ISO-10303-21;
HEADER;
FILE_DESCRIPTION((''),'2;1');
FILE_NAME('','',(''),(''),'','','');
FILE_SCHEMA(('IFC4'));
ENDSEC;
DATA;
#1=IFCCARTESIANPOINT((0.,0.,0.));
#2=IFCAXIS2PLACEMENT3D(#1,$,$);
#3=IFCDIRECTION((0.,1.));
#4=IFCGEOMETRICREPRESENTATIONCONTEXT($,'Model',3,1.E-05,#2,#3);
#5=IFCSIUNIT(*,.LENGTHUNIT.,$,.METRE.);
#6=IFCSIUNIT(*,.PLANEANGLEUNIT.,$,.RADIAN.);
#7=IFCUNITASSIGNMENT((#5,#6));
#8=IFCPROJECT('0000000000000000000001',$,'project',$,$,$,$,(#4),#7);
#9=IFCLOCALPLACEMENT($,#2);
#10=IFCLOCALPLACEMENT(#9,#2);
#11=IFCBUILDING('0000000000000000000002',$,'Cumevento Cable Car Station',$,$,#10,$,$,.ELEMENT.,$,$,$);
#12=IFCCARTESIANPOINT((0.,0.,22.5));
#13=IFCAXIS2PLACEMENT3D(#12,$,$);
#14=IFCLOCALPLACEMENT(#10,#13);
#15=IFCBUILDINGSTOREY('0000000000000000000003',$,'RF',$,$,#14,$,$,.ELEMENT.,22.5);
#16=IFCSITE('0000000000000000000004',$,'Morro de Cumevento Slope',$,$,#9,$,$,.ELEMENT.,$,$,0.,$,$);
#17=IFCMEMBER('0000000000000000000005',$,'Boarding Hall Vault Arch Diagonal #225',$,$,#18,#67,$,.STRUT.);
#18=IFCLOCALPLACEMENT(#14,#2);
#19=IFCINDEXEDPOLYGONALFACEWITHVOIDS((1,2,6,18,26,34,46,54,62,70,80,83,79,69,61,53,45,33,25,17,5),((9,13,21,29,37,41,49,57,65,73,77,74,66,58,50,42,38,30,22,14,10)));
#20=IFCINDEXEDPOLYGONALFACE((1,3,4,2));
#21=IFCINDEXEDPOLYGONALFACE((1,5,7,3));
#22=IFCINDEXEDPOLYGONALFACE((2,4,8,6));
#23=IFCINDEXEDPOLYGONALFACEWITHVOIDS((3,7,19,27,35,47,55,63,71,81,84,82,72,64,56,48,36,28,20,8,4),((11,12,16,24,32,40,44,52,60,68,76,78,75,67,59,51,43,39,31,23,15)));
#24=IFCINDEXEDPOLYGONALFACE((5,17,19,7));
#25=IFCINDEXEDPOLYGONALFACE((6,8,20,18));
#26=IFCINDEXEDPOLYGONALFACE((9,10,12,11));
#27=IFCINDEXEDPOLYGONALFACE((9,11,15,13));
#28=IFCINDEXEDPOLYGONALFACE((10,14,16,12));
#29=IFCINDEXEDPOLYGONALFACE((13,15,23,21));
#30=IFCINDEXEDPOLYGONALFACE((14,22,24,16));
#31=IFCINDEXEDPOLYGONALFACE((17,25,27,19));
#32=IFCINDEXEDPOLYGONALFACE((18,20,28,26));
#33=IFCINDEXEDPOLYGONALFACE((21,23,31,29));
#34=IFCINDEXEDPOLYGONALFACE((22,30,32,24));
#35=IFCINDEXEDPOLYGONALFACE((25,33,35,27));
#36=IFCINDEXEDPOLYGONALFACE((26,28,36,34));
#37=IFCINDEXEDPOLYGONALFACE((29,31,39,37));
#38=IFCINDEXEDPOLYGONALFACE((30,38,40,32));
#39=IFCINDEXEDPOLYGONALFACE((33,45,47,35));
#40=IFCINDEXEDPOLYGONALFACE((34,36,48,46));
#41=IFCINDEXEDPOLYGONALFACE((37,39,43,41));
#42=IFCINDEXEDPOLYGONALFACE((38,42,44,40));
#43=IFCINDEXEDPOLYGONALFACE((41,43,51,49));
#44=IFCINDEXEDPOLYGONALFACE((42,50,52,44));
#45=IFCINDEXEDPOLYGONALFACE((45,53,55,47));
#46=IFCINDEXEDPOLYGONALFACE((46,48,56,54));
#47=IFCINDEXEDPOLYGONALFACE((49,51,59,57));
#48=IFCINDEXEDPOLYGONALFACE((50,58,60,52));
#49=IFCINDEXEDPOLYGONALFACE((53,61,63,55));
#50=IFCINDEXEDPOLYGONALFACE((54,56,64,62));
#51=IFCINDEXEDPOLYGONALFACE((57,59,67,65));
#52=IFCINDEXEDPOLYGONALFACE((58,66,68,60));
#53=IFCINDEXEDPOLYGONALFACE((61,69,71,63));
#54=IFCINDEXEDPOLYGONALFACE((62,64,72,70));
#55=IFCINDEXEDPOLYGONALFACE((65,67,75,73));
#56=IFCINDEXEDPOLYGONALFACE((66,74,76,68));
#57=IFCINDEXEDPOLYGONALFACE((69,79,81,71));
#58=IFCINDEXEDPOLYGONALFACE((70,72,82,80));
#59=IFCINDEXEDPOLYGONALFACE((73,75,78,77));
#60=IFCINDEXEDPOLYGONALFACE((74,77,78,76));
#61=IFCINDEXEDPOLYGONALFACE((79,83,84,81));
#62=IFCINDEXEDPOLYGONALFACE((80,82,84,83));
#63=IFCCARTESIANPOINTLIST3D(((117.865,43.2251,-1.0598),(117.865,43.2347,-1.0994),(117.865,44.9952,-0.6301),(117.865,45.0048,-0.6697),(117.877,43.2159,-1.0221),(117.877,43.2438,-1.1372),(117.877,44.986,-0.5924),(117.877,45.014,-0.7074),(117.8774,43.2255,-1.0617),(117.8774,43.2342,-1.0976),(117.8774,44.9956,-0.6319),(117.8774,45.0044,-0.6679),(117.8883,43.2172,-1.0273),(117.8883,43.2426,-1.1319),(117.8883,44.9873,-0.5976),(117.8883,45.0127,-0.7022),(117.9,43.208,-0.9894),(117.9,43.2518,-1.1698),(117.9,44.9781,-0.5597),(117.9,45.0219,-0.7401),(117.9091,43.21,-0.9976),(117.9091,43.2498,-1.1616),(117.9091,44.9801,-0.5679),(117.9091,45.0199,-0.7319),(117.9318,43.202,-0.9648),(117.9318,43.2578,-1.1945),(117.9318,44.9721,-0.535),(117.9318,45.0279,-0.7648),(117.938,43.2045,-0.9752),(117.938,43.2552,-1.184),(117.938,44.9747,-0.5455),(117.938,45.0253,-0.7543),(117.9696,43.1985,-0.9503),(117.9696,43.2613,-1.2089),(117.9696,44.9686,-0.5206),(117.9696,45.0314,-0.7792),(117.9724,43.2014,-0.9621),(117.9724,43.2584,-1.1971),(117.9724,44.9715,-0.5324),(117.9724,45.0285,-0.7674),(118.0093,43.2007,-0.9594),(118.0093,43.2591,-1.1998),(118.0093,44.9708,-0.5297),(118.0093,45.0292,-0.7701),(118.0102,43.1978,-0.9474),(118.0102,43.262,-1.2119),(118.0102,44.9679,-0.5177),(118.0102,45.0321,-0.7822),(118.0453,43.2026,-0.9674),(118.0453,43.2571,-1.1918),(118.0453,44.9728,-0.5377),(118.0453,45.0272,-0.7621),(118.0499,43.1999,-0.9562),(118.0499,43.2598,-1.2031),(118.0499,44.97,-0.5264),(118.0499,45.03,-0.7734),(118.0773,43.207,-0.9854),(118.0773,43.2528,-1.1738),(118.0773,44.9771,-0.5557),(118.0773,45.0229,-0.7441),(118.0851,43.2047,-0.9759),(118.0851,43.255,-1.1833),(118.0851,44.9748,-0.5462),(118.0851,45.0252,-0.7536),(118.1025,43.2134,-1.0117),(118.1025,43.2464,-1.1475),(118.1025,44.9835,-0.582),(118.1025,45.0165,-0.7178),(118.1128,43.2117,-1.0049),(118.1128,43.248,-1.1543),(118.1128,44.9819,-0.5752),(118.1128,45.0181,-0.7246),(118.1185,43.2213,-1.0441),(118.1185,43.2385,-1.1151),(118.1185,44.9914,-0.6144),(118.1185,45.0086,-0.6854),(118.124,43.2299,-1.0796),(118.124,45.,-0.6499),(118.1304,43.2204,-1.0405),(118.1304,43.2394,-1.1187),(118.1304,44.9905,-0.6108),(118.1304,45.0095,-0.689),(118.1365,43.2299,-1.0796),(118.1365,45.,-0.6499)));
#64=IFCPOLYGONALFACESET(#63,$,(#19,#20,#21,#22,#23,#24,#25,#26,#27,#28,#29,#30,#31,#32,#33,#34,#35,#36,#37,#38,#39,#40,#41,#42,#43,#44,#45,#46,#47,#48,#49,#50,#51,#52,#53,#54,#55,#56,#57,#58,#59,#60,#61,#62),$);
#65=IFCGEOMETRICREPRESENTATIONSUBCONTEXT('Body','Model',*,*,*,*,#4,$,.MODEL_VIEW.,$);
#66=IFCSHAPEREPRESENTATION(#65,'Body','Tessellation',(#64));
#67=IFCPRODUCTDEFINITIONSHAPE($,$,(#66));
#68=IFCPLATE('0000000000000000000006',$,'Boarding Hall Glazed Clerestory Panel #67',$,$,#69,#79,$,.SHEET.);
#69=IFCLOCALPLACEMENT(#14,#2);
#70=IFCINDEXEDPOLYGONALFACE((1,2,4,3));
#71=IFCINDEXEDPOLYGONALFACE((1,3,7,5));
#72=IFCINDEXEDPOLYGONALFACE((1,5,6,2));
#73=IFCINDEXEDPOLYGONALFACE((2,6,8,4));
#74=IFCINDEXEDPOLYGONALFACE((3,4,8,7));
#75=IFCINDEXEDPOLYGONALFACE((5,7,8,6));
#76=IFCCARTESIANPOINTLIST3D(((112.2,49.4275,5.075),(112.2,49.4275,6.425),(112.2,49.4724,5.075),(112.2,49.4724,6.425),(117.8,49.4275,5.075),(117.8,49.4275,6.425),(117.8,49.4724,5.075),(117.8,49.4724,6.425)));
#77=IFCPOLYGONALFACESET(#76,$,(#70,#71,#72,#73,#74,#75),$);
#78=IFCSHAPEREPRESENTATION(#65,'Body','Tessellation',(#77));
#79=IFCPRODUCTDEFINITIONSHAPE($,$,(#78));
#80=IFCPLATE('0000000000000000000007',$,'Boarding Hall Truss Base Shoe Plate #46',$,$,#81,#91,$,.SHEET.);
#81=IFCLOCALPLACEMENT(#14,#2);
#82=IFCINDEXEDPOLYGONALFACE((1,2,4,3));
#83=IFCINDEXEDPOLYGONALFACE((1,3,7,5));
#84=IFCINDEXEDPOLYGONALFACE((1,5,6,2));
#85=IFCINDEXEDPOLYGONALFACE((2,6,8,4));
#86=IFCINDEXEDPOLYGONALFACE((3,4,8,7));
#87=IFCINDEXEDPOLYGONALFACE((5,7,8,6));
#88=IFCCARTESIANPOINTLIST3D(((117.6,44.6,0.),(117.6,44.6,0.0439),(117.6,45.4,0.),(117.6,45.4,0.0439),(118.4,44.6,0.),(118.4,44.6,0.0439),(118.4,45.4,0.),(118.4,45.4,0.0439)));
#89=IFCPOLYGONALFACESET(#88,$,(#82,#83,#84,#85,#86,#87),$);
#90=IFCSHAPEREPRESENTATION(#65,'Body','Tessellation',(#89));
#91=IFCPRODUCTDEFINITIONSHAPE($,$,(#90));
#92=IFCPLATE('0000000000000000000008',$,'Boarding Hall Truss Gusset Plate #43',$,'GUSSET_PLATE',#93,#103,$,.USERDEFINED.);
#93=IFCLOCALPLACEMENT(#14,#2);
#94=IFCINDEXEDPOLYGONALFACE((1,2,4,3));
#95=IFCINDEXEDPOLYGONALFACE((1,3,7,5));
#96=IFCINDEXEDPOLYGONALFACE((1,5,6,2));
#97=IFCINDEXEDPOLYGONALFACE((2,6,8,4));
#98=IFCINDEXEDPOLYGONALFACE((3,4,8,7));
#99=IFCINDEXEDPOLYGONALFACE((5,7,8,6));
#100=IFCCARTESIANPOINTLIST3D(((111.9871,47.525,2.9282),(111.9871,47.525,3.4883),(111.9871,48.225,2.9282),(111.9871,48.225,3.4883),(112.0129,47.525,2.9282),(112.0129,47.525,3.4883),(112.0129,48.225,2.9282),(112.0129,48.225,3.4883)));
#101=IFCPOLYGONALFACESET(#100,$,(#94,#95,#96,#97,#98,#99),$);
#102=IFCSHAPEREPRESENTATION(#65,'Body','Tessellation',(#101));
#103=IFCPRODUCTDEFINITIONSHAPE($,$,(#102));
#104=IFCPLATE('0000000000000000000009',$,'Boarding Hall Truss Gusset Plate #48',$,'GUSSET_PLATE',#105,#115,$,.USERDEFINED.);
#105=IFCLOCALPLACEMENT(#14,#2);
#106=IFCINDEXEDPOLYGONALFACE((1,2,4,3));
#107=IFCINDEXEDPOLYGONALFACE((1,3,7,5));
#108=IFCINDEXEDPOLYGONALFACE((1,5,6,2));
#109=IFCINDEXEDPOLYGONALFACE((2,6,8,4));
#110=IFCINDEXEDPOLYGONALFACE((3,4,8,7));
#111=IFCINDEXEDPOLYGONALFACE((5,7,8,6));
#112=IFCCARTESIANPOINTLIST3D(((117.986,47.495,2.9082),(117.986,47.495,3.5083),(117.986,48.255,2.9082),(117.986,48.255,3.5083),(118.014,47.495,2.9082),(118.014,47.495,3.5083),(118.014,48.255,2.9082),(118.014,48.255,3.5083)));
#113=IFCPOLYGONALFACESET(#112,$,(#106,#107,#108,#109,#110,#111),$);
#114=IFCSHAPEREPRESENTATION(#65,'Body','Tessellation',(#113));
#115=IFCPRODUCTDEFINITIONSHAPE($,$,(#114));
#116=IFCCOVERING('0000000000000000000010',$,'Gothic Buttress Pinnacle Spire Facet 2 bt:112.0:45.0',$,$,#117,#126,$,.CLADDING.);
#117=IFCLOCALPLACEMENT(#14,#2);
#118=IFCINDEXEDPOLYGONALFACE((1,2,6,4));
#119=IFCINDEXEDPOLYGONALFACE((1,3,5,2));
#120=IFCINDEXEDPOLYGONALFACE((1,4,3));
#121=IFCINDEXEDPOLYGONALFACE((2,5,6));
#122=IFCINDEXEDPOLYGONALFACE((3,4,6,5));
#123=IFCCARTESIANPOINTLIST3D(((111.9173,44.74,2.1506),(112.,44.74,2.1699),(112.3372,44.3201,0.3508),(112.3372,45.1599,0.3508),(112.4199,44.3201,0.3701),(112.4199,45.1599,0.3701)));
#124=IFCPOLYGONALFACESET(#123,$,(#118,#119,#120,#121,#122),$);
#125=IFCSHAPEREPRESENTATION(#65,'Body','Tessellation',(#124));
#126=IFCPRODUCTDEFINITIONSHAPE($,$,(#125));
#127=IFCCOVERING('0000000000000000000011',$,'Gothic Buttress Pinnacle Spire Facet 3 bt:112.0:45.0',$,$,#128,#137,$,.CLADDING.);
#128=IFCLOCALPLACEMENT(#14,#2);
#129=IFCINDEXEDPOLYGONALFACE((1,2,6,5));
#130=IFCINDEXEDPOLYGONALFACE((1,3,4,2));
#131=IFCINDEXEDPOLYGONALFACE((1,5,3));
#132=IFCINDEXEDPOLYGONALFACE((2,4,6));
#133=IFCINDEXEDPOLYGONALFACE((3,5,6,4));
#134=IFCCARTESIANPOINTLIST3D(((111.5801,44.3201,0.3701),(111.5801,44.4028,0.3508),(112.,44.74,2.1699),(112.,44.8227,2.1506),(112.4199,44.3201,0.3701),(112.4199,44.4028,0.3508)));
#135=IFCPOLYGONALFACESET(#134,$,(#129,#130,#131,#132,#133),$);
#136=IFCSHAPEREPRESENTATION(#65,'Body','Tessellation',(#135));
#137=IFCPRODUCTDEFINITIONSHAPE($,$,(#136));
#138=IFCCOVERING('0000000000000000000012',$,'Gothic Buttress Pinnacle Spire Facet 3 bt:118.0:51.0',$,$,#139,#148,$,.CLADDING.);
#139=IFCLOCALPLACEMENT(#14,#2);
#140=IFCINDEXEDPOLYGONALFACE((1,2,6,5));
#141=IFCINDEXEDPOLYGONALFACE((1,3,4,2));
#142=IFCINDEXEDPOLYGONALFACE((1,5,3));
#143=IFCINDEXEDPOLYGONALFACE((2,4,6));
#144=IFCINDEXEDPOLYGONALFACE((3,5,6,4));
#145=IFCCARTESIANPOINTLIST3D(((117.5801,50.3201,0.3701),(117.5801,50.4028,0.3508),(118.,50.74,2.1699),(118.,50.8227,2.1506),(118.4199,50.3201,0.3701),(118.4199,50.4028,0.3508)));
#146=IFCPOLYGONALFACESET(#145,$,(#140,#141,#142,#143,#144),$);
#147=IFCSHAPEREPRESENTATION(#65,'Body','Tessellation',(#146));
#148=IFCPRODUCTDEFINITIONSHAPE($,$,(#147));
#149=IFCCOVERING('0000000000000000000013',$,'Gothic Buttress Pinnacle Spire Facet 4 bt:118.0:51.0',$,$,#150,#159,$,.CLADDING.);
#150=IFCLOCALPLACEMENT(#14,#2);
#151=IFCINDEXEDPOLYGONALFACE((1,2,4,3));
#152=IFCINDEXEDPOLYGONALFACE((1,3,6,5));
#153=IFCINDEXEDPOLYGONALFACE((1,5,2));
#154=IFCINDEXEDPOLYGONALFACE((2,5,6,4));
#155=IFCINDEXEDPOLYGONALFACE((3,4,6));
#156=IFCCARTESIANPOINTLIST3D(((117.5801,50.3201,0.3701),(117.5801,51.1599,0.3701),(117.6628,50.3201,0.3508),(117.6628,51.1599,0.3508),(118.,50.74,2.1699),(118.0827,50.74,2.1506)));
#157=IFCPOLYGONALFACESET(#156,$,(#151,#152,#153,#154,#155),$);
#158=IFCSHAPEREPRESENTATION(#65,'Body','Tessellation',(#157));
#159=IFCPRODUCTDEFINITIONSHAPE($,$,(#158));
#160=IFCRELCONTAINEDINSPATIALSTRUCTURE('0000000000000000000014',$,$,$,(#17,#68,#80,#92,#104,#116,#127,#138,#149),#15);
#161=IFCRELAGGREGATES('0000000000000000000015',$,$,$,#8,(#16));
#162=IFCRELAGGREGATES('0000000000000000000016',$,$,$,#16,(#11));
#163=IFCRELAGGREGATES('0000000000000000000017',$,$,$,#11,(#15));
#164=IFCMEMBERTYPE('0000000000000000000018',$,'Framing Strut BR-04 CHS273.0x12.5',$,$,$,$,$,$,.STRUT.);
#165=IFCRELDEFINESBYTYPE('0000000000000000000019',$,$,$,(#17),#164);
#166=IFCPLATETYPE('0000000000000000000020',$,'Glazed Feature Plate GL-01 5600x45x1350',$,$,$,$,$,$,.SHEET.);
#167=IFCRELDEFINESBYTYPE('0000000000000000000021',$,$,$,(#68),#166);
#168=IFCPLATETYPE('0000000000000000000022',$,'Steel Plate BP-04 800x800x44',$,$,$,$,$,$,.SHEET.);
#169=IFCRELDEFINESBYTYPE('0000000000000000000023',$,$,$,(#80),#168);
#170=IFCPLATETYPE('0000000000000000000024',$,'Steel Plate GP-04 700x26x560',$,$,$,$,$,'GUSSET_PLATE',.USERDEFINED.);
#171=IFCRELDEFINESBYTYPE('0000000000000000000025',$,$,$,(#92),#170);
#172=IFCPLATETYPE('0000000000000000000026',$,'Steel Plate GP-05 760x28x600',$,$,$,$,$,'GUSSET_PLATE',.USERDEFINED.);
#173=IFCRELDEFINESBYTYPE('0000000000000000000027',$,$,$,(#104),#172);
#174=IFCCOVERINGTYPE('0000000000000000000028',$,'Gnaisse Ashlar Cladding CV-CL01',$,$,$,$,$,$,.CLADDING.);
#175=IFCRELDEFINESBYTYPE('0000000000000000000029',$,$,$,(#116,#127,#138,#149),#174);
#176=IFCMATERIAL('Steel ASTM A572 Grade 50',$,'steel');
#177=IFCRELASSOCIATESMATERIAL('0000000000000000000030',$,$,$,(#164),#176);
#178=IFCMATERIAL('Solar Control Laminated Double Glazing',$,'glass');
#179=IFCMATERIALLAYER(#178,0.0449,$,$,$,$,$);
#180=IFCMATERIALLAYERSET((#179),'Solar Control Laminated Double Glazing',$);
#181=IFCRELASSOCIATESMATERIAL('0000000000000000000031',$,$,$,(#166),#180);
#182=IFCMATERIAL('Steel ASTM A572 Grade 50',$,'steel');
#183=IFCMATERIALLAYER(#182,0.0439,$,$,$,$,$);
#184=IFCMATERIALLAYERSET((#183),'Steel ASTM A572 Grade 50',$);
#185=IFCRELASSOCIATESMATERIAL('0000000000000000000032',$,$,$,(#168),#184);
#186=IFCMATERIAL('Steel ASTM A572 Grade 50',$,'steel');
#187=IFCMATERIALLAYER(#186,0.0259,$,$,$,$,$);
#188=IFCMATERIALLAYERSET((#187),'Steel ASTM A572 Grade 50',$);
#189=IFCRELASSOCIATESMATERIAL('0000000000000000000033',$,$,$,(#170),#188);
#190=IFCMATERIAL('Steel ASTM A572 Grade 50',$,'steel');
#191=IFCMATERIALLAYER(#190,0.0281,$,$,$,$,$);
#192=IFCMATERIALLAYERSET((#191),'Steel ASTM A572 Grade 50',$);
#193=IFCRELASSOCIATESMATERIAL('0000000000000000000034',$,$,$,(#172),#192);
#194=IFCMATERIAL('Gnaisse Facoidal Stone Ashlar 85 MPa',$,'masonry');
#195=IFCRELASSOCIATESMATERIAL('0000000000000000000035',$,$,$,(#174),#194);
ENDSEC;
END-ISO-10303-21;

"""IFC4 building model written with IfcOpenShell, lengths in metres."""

from ifc_helpers import new_model, si_unit, direction, frame, origin, origin_2d, place, context, subcontext, project, spatial, polyline, rectangle, hollow_circle, outline, extrude, material, layer, layer_set, material_profile, profile_set, type_object, element, save


model = new_model("IFC4")

# Units and contexts
model_context = context("Model", 3, precision=1e-05, world=origin(), true_north=direction((0.0, 1.0)))
body_context = subcontext(model_context, "Body", "Model", "MODEL_VIEW")
ifc_project = project(units=[si_unit("LENGTHUNIT", "METRE"), si_unit("PLANEANGLEUNIT", "RADIAN")], contexts=[model_context])

# Site, building, storey
site_placement = place(None, origin())
site = spatial("IfcSite", under=ifc_project, at=site_placement, Name="Morro de Cumevento Slope", CompositionType="ELEMENT", RefElevation=0.0)
building_placement = place(site_placement, origin())
building = spatial("IfcBuilding", under=site, at=building_placement, Name="Cumevento Cable Car Station", CompositionType="ELEMENT")
storey_placement = place(building_placement, frame((0.0, 0.0, 22.5)))
storey = spatial("IfcBuildingStorey", under=building, at=storey_placement, Name="RF", CompositionType="ELEMENT", Elevation=22.5)

# Member
ifc_material_1 = material(Name="Steel ASTM A572 Grade 50", Category="steel")
ifc_material_profile_1 = material_profile(ifc_material_1, hollow_circle(Radius=0.1365, WallThickness=0.0125, at=origin_2d()), Name="CHS273.0x12.5")
ifc_profile_set_1 = profile_set([ifc_material_profile_1], Name="Steel ASTM A572 Grade 50")
member_type_1 = type_object("IfcMemberType", Name="Framing Strut BR-04 CHS273.0x12.5", PredefinedType="STRUT", material=ifc_profile_set_1)
member_1_placement = place(storey_placement, frame((118.0, 45.0, -0.6499), z_axis=(0.0, -0.971776, -0.235907), x_axis=(1.0, 0.0, 0.0)))
element("IfcMember", 1, at=member_1_placement, inside=storey, type_object=member_type_1, Name="Boarding Hall Vault Arch Diagonal #225", PredefinedType="STRUT", context=body_context, shape_type="SweptSolid", body=[
    extrude(hollow_circle(Radius=0.1365, WallThickness=0.0125, at=origin_2d()), origin(), (0.0, 0.0, 1.0), 1.8215),
])

# Plates
ifc_material_2 = material(Name="Solar Control Laminated Double Glazing", Category="glass")
ifc_layer_1 = layer(ifc_material_2, 0.0449)
ifc_layer_set_1 = layer_set([ifc_layer_1], Name="Solar Control Laminated Double Glazing")
plate_type_1 = type_object("IfcPlateType", Name="Glazed Feature Plate GL-01 5600x45x1350", PredefinedType="SHEET", material=ifc_layer_set_1)
plate_1_placement = place(storey_placement, frame((115.0, 49.45, 5.075), z_axis=(0.0, 0.0, 1.0), x_axis=(1.0, 0.0, 0.0)))
element("IfcPlate", 2, at=plate_1_placement, inside=storey, type_object=plate_type_1, Name="Boarding Hall Glazed Clerestory Panel #67", PredefinedType="SHEET", context=body_context, shape_type="SweptSolid", body=[
    extrude(rectangle(XDim=5.6001, YDim=0.0449, at=origin_2d()), origin(), (0.0, 0.0, 1.0), 1.3501),
])
ifc_material_3 = material(Name="Steel ASTM A572 Grade 50", Category="steel")
ifc_layer_2 = layer(ifc_material_3, 0.0439)
ifc_layer_set_2 = layer_set([ifc_layer_2], Name="Steel ASTM A572 Grade 50")
plate_type_2 = type_object("IfcPlateType", Name="Steel Plate BP-04 800x800x44", PredefinedType="SHEET", material=ifc_layer_set_2)
plate_2_placement = place(storey_placement, frame((118.0, 45.0, 0.0), z_axis=(0.0, 0.0, 1.0), x_axis=(1.0, 0.0, 0.0)))
element("IfcPlate", 3, at=plate_2_placement, inside=storey, type_object=plate_type_2, Name="Boarding Hall Truss Base Shoe Plate #46", PredefinedType="SHEET", context=body_context, shape_type="SweptSolid", body=[
    extrude(rectangle(XDim=0.8, YDim=0.8, at=origin_2d()), origin(), (0.0, 0.0, 1.0), 0.0439),
])
ifc_material_4 = material(Name="Steel ASTM A572 Grade 50", Category="steel")
ifc_layer_3 = layer(ifc_material_4, 0.0259)
ifc_layer_set_3 = layer_set([ifc_layer_3], Name="Steel ASTM A572 Grade 50")
plate_type_3 = type_object("IfcPlateType", Name="Steel Plate GP-04 700x26x560", ElementType="GUSSET_PLATE", PredefinedType="USERDEFINED", material=ifc_layer_set_3)
plate_3_placement = place(storey_placement, frame((112.0, 47.875, 2.9282), z_axis=(0.0, 0.0, 1.0), x_axis=(0.0, 1.0, 0.0)))
element("IfcPlate", 4, at=plate_3_placement, inside=storey, type_object=plate_type_3, Name="Boarding Hall Truss Gusset Plate #43", ObjectType="GUSSET_PLATE", PredefinedType="USERDEFINED", context=body_context, shape_type="SweptSolid", body=[
    extrude(rectangle(XDim=0.7, YDim=0.0259, at=origin_2d()), origin(), (0.0, 0.0, 1.0), 0.5601),
])
ifc_material_5 = material(Name="Steel ASTM A572 Grade 50", Category="steel")
ifc_layer_4 = layer(ifc_material_5, 0.0281)
ifc_layer_set_4 = layer_set([ifc_layer_4], Name="Steel ASTM A572 Grade 50")
plate_type_4 = type_object("IfcPlateType", Name="Steel Plate GP-05 760x28x600", ElementType="GUSSET_PLATE", PredefinedType="USERDEFINED", material=ifc_layer_set_4)
plate_4_placement = place(storey_placement, frame((118.0, 47.875, 2.9082), z_axis=(0.0, 0.0, 1.0), x_axis=(0.0, 1.0, 0.0)))
element("IfcPlate", 5, at=plate_4_placement, inside=storey, type_object=plate_type_4, Name="Boarding Hall Truss Gusset Plate #48", ObjectType="GUSSET_PLATE", PredefinedType="USERDEFINED", context=body_context, shape_type="SweptSolid", body=[
    extrude(rectangle(XDim=0.76, YDim=0.0281, at=origin_2d()), origin(), (0.0, 0.0, 1.0), 0.6001),
])

# Coverings
ifc_material_6 = material(Name="Gnaisse Facoidal Stone Ashlar 85 MPa", Category="masonry")
covering_type = type_object("IfcCoveringType", Name="Gnaisse Ashlar Cladding CV-CL01", PredefinedType="CLADDING", material=ifc_material_6)
for number, where, z_axis, x_axis, name in (
    (6, (112.4199, 45.1599, 0.3701), (0.973845, 0.0, 0.227213), (0.0, -1.0, 0.0), "Gothic Buttress Pinnacle Spire Facet 2 bt:112.0:45.0"),
    (7, (112.4199, 44.3201, 0.3701), (0.0, -0.973845, 0.227213), (-1.0, 0.0, 0.0), "Gothic Buttress Pinnacle Spire Facet 3 bt:112.0:45.0"),
    (8, (118.4199, 50.3201, 0.3701), (0.0, -0.973845, 0.227213), (-1.0, 0.0, 0.0), "Gothic Buttress Pinnacle Spire Facet 3 bt:118.0:51.0"),
    (9, (117.5801, 50.3201, 0.3701), (-0.973845, 0.0, 0.227213), (0.0, 1.0, 0.0), "Gothic Buttress Pinnacle Spire Facet 4 bt:118.0:51.0"),
):
    element("IfcCovering", number, at=place(storey_placement, frame(where, z_axis=z_axis, x_axis=x_axis)), inside=storey, type_object=covering_type, Name=name, PredefinedType="CLADDING", context=body_context, shape_type="SweptSolid", body=[
        extrude(outline(polyline([(0.0, 0.0), (0.8398, 0.0), (0.4199, -1.8481), (0.0, 0.0)])), origin(), (0.0, 0.0, -1.0), 0.085),
    ])

save(model, "model.ifc")
